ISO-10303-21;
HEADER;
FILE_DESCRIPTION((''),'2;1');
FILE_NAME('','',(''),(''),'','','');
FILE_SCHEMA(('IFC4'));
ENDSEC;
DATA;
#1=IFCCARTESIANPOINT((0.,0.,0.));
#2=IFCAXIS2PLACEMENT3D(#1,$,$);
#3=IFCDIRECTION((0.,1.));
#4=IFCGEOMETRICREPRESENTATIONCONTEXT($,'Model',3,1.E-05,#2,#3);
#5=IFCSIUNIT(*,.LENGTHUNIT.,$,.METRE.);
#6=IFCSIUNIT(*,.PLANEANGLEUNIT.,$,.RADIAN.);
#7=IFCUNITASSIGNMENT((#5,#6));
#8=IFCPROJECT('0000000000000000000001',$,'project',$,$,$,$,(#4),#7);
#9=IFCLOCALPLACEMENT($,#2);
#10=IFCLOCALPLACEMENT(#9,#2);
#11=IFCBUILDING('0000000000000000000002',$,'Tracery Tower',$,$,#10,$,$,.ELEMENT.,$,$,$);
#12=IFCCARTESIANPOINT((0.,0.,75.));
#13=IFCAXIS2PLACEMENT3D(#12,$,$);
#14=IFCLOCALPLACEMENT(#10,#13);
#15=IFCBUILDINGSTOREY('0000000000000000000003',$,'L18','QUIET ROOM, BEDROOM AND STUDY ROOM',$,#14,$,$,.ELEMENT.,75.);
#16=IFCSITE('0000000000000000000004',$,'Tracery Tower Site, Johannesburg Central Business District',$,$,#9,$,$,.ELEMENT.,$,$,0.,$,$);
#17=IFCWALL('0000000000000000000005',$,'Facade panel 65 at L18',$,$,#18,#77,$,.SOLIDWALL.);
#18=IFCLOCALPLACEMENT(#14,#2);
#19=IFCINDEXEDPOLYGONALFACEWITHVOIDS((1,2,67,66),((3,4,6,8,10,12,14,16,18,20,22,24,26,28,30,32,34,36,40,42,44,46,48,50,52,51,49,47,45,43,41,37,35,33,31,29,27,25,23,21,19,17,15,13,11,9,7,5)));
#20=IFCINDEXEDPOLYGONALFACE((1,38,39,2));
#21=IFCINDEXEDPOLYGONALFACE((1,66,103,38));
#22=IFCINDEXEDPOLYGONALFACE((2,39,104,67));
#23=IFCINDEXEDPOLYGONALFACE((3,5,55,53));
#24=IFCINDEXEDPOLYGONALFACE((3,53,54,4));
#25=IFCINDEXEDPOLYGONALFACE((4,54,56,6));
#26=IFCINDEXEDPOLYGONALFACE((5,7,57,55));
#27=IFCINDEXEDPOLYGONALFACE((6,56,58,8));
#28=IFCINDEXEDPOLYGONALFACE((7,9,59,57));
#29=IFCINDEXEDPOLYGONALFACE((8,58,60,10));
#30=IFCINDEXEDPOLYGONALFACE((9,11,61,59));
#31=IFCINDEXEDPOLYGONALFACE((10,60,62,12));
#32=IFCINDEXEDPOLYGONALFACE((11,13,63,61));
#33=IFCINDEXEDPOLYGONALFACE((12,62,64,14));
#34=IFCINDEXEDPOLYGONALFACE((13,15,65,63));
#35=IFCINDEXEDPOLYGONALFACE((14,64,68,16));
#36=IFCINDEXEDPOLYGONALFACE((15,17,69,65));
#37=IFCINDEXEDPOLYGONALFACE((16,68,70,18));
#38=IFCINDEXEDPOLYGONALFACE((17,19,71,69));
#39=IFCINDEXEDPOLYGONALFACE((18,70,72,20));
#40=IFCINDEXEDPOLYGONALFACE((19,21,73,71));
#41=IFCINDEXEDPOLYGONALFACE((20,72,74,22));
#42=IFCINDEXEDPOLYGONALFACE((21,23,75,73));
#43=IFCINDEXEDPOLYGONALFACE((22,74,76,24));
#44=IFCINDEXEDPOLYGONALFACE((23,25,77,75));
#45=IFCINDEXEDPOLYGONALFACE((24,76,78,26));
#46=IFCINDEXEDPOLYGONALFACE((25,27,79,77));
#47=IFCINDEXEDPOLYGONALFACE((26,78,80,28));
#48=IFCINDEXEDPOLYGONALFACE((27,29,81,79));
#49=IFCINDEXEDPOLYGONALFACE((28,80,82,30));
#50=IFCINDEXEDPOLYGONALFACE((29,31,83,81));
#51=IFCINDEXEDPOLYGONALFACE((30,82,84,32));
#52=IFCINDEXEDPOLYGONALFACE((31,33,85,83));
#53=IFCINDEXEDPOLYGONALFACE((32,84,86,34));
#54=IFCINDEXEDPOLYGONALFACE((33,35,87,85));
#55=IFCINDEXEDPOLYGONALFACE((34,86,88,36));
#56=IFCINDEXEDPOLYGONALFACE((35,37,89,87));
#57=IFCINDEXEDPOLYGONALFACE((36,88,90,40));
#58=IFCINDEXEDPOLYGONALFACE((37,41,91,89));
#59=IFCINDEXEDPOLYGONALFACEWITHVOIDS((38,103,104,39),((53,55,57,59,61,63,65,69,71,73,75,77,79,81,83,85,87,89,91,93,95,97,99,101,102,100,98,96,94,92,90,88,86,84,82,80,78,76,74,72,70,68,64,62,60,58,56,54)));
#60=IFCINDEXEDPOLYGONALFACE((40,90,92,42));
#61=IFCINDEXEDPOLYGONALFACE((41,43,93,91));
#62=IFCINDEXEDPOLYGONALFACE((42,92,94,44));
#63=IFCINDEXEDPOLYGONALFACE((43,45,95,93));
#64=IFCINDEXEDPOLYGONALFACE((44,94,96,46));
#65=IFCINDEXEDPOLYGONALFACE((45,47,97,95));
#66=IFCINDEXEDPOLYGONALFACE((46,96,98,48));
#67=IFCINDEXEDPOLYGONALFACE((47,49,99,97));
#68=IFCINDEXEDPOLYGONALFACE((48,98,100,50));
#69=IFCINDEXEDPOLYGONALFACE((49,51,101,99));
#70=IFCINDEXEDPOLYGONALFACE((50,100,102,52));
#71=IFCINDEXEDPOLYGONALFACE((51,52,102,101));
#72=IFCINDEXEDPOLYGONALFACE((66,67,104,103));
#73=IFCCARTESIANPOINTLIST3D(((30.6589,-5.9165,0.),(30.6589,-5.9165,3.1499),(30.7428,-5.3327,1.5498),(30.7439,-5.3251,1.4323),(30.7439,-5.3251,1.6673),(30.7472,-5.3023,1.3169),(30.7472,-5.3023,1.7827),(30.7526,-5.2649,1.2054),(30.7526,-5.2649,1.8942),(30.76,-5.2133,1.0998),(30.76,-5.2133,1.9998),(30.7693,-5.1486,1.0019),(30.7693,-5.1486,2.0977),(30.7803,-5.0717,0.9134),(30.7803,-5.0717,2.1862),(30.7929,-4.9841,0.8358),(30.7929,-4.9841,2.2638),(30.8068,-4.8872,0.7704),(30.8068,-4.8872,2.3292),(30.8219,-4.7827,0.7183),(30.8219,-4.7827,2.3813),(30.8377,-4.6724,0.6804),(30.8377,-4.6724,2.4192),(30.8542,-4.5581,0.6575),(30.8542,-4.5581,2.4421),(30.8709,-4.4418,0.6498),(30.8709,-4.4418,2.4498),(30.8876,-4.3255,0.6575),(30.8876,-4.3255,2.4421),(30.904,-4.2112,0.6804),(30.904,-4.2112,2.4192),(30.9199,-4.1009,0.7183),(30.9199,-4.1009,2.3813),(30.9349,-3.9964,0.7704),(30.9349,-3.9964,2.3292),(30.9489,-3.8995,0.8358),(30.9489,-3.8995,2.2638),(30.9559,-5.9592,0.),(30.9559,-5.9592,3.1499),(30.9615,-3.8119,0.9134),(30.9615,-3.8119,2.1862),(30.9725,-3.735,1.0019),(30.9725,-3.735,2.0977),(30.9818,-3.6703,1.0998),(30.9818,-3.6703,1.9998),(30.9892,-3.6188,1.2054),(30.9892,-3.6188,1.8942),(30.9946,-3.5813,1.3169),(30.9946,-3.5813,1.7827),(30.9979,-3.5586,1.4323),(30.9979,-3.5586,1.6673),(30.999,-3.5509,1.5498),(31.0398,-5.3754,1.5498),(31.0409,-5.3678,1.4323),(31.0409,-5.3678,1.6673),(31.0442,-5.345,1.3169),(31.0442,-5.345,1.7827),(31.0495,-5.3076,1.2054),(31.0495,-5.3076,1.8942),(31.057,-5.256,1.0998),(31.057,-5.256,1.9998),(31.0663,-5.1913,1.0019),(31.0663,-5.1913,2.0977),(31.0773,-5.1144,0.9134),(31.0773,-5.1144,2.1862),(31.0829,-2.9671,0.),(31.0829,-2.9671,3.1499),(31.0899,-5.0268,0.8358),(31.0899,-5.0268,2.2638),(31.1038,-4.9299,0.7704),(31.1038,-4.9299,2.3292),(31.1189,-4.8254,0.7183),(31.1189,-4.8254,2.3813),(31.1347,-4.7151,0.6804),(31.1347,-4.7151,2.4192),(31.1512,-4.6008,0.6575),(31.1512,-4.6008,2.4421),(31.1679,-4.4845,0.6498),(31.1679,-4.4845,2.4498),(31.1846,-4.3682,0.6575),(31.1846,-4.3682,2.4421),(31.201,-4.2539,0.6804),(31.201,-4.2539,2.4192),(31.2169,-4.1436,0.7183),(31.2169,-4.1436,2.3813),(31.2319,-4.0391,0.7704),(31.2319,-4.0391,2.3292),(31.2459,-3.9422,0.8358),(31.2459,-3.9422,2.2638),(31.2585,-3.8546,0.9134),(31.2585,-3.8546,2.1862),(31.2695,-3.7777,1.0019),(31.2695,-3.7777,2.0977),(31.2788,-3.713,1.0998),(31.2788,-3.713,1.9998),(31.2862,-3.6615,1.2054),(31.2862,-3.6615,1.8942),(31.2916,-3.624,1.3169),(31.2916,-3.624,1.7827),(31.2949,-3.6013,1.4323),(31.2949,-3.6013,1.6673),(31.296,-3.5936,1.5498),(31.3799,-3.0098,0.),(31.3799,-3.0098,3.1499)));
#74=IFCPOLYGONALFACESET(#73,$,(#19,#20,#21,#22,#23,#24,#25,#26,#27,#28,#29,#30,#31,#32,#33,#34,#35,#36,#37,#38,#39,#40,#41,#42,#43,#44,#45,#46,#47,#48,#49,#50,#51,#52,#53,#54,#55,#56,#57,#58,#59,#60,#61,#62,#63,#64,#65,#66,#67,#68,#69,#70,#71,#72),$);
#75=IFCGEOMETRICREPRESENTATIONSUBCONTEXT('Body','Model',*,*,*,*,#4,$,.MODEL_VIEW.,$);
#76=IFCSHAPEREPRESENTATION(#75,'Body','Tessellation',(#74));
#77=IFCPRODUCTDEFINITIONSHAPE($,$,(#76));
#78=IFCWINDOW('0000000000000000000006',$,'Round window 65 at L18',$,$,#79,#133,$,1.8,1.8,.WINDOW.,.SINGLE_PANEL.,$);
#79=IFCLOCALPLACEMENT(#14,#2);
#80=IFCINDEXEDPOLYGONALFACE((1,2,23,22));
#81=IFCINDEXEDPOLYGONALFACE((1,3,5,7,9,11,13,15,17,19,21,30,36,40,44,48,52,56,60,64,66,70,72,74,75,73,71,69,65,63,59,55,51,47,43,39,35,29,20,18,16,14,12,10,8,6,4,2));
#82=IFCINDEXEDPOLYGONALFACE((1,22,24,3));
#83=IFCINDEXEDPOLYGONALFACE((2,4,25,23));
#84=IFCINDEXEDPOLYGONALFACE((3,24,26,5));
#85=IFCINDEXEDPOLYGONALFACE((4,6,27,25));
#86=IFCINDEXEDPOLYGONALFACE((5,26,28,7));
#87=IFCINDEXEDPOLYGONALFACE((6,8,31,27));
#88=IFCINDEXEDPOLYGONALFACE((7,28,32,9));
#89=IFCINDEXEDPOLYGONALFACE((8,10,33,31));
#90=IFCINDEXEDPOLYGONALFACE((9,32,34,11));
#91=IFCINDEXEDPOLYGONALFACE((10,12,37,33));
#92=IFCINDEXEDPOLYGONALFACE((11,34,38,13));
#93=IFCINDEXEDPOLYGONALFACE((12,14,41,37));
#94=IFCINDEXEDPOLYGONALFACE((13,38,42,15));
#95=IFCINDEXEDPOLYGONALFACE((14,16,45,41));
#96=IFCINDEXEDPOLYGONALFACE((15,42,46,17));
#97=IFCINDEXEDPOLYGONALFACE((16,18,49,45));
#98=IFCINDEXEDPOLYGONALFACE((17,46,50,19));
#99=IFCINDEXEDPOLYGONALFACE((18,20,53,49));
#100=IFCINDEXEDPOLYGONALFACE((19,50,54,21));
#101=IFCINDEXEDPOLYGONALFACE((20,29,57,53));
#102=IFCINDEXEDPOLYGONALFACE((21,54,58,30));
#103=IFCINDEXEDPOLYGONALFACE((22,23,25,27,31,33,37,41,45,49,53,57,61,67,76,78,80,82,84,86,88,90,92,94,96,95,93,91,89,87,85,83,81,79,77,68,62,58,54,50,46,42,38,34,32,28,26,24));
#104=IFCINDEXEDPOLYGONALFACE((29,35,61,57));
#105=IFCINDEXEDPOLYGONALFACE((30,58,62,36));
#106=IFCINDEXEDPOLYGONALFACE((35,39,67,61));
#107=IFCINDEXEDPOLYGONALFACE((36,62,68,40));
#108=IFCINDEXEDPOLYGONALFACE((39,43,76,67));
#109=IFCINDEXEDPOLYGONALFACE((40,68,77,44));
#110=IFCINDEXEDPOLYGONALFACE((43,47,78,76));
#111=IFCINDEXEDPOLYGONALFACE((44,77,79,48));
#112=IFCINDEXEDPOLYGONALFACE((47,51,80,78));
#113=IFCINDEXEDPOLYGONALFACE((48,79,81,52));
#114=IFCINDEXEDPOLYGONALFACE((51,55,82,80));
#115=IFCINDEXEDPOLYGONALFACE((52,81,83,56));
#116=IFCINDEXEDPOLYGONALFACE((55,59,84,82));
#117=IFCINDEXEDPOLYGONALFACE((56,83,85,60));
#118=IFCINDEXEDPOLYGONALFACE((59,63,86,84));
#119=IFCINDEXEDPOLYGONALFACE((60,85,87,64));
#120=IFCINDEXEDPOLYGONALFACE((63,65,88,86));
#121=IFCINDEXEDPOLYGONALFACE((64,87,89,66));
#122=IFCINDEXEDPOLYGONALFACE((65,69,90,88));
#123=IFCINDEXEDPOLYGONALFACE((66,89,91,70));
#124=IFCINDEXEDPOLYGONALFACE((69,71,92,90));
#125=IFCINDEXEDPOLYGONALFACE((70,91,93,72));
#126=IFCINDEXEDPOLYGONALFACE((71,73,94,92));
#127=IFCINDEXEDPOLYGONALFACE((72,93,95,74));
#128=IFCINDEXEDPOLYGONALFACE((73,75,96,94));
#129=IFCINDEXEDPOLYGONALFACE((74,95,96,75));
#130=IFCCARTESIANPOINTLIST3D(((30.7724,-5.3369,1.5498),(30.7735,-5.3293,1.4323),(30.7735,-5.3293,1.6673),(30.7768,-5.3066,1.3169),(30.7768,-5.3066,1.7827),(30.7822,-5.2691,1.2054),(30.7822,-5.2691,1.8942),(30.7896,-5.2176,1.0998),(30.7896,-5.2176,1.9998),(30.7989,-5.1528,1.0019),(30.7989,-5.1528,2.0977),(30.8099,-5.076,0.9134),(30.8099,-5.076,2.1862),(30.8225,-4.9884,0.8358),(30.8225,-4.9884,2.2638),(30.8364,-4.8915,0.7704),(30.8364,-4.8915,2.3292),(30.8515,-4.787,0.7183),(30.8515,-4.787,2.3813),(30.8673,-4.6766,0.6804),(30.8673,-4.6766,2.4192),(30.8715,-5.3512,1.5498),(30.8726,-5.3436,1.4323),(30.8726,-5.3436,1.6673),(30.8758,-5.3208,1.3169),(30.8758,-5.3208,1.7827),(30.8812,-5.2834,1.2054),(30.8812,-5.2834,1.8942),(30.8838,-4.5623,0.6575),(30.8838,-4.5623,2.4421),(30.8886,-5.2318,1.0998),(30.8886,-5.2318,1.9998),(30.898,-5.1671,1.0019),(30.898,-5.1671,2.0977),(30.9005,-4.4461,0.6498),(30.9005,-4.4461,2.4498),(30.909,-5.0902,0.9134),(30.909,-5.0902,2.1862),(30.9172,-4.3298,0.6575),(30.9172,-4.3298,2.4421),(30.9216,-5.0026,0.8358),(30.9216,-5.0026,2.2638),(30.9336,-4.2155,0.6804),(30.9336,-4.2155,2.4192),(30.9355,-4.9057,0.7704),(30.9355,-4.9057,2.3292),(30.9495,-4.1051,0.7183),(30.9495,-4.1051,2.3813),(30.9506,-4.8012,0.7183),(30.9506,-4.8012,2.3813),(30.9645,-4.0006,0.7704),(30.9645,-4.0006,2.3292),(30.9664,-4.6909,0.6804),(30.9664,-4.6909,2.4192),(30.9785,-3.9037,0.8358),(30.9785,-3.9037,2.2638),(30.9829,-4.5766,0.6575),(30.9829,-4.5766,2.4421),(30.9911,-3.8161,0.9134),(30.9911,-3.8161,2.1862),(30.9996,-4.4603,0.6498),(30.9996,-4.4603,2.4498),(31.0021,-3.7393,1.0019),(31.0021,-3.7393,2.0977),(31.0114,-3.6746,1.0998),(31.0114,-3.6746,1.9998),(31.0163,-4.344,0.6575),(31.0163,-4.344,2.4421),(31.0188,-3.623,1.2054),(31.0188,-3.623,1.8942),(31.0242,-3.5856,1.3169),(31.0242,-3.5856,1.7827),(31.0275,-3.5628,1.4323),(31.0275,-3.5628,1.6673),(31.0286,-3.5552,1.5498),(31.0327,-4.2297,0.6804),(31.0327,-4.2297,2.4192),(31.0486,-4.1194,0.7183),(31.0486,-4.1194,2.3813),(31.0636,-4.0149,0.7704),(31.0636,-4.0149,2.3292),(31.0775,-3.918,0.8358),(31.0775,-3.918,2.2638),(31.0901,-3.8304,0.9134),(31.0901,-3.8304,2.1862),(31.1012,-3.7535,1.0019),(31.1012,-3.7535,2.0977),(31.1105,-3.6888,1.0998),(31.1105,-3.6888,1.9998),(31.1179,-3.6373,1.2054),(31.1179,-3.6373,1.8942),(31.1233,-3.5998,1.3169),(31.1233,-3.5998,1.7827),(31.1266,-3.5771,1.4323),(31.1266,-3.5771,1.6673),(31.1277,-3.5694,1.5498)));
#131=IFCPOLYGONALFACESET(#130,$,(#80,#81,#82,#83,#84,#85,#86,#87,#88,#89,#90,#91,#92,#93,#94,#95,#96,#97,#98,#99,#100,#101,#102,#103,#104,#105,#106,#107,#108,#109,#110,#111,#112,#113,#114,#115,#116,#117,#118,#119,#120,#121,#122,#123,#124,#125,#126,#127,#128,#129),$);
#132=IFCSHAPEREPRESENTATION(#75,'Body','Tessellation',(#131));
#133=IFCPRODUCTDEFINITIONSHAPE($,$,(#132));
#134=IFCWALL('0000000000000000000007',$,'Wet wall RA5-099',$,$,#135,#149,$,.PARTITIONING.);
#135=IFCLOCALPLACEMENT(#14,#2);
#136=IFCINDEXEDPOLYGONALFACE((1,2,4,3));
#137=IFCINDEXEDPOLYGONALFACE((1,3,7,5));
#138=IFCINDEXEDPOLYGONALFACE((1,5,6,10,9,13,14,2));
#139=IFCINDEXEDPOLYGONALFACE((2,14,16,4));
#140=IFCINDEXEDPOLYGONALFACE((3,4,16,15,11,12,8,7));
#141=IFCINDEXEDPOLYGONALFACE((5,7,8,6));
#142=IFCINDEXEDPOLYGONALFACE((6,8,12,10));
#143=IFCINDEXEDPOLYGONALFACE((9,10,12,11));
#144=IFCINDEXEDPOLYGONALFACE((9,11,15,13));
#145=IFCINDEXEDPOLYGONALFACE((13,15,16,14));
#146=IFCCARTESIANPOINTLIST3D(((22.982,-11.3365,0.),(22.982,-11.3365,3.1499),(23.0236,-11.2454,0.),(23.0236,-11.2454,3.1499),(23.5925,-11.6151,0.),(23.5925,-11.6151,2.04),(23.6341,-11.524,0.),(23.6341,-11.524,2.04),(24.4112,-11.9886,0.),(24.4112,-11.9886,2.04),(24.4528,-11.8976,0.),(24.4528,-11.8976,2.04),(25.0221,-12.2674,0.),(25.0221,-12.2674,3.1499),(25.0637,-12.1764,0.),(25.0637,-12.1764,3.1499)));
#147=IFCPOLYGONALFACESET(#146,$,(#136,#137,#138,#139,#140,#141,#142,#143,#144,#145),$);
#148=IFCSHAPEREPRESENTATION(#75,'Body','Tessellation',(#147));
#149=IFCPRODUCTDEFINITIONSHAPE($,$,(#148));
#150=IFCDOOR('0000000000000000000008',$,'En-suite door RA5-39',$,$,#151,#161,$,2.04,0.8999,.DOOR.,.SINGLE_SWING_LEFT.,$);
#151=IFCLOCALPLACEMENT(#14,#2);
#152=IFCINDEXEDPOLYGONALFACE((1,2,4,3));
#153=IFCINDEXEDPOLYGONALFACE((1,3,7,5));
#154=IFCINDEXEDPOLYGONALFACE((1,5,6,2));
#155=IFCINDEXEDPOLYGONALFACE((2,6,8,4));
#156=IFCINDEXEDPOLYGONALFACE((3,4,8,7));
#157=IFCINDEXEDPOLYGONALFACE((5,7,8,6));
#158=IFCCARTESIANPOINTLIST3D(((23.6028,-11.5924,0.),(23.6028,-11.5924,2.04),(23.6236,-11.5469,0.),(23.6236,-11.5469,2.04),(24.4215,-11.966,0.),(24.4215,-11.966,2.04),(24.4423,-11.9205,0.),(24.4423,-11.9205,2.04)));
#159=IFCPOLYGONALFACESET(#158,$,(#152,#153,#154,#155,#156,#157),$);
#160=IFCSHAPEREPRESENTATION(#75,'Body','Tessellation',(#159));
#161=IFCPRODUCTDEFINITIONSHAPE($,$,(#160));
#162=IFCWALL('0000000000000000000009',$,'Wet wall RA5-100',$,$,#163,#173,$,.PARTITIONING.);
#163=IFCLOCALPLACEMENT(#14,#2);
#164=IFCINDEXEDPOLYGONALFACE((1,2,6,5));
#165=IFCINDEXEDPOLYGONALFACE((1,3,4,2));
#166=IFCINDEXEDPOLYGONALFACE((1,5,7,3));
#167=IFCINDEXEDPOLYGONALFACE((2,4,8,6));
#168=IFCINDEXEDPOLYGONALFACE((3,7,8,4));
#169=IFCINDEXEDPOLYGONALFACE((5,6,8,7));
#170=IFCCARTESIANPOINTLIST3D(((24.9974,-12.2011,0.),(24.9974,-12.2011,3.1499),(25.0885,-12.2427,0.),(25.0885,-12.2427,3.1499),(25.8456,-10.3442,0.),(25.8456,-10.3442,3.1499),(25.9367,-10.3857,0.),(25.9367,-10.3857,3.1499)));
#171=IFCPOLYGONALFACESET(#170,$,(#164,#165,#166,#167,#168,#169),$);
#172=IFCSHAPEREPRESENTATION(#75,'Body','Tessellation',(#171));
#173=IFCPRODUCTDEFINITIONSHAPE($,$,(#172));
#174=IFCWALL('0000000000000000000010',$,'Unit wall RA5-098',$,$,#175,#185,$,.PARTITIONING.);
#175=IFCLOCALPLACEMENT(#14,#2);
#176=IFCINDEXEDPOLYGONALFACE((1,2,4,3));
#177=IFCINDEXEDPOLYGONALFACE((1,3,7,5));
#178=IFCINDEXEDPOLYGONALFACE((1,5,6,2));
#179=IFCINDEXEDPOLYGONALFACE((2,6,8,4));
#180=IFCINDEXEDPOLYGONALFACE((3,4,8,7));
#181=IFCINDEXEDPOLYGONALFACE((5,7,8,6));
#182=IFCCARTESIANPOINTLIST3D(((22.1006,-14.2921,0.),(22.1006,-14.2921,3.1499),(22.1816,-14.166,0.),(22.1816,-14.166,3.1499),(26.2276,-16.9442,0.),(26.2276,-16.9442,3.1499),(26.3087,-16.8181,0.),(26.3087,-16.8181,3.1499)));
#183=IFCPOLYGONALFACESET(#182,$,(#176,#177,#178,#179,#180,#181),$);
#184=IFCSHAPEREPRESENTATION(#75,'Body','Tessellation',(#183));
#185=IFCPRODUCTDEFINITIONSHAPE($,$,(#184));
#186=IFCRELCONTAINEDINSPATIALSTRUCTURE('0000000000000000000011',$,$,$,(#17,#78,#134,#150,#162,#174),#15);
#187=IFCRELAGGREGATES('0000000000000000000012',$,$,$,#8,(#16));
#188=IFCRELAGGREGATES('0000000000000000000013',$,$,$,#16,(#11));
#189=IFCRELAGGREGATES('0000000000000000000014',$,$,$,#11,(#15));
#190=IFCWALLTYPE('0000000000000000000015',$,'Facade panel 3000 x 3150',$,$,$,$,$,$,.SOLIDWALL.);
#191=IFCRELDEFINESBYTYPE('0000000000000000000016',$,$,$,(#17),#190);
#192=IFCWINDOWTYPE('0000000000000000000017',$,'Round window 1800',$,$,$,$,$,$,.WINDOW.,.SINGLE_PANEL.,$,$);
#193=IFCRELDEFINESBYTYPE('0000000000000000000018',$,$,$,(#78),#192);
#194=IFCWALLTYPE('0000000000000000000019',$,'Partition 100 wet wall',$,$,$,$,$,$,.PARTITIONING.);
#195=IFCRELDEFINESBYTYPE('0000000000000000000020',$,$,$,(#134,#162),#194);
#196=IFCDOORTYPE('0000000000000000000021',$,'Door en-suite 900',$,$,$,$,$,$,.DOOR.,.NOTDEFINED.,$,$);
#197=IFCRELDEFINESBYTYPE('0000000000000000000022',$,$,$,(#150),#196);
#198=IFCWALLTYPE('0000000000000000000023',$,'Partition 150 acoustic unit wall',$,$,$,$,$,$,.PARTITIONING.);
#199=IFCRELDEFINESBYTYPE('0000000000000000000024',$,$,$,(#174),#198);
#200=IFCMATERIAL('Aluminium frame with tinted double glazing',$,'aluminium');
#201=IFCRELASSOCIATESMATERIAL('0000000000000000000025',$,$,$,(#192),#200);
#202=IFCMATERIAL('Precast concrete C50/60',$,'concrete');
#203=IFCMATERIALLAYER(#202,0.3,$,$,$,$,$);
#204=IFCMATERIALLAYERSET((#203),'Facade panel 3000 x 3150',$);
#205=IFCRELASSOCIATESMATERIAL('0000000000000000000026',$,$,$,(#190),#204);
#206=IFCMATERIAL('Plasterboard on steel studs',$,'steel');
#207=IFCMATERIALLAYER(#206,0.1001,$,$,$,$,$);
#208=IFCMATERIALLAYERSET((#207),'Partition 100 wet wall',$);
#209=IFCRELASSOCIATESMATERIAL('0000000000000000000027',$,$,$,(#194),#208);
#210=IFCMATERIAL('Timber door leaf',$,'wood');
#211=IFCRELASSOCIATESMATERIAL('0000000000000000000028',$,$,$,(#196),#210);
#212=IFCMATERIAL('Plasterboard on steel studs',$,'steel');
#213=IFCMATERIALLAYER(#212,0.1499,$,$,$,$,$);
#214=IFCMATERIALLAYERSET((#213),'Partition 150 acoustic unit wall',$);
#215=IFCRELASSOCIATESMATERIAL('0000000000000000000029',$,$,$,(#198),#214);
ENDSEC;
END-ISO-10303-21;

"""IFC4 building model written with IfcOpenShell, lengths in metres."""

from ifc_helpers import new_model, si_unit, direction, frame, frame_2d, origin, origin_2d, place, context, subcontext, project, spatial, rectangle, circle, extrude, material, layer, layer_set, type_object, element, fill, save


model = new_model("IFC4")

# Units and contexts
model_context = context("Model", 3, precision=1e-05, world=origin(), true_north=direction((0.0, 1.0)))
body_context = subcontext(model_context, "Body", "Model", "MODEL_VIEW")
ifc_project = project(units=[si_unit("LENGTHUNIT", "METRE"), si_unit("PLANEANGLEUNIT", "RADIAN")], contexts=[model_context])

# Site, building, storey
site_placement = place(None, origin())
site = spatial("IfcSite", under=ifc_project, at=site_placement, Name="Tracery Tower Site, Johannesburg Central Business District", CompositionType="ELEMENT", RefElevation=0.0)
building_placement = place(site_placement, origin())
building = spatial("IfcBuilding", under=site, at=building_placement, Name="Tracery Tower", CompositionType="ELEMENT")
storey_placement = place(building_placement, frame((0.0, 0.0, 75.0)))
storey = spatial("IfcBuildingStorey", under=building, at=storey_placement, Name="L18", Description="QUIET ROOM, BEDROOM AND STUDY ROOM", CompositionType="ELEMENT", Elevation=75.0)

# Wall, opening, window
ifc_material_1 = material(Name="Aluminium frame with tinted double glazing", Category="aluminium")
window_type = type_object("IfcWindowType", Name="Round window 1800", PartitioningType="SINGLE_PANEL", PredefinedType="WINDOW", material=ifc_material_1)
ifc_material_2 = material(Name="Precast concrete C50/60", Category="concrete")
ifc_layer_1 = layer(ifc_material_2, 0.3)
ifc_layer_set_1 = layer_set([ifc_layer_1], Name="Facade panel 3000 x 3150")
wall_type_1 = type_object("IfcWallType", Name="Facade panel 3000 x 3150", PredefinedType="SOLIDWALL", material=ifc_layer_set_1)
wall_1_placement = place(storey_placement, frame((30.8074, -5.9377, 0.0), z_axis=(0.0, 0.0, 1.0), x_axis=(0.142316, 0.989821, 0.0)))
wall_1 = element("IfcWall", 1, at=wall_1_placement, inside=storey, type_object=wall_type_1, Name="Facade panel 65 at L18", PredefinedType="SOLIDWALL", context=body_context, shape_type="SweptSolid", body=[
    extrude(rectangle(XDim=2.9797, YDim=0.3, at=frame_2d((1.4897, 0.0))), origin(), (0.0, 0.0, 1.0), 3.1499),
])
opening_1_placement = place(wall_1_placement, frame((1.4897, 0.0, 1.5498)))
opening_1 = element("IfcOpeningElement", 2, at=opening_1_placement, cuts=wall_1, PredefinedType="OPENING", context=body_context, shape_type="SweptSolid", body=[
    extrude(circle(Radius=0.9, at=origin_2d()), frame((0.0, 0.1599, 0.0), z_axis=(0.0, -1.0, 0.0), x_axis=(1.0, 0.0, 0.0)), (0.0, 0.0, 1.0), 0.3201),
])
window_1_placement = place(opening_1_placement, origin())
window_1 = element("IfcWindow", 3, at=window_1_placement, inside=storey, type_object=window_type, Name="Round window 65 at L18", OverallHeight=1.8, OverallWidth=1.8, PartitioningType="SINGLE_PANEL", PredefinedType="WINDOW", context=body_context, shape_type="SweptSolid", body=[
    extrude(circle(Radius=0.9, at=origin_2d()), frame((0.0, 0.1201, 0.0), z_axis=(0.0, -1.0, 0.0), x_axis=(1.0, 0.0, 0.0)), (0.0, 0.0, 1.0), 0.1001),
])
fill(opening_1, window_1)

# Wall, opening, door
ifc_material_3 = material(Name="Plasterboard on steel studs", Category="steel")
ifc_layer_2 = layer(ifc_material_3, 0.1001)
ifc_layer_set_2 = layer_set([ifc_layer_2], Name="Partition 100 wet wall")
wall_type_2 = type_object("IfcWallType", Name="Partition 100 wet wall", PredefinedType="PARTITIONING", material=ifc_layer_set_2)
wall_2_placement = place(storey_placement, frame((23.0029, -11.291, 0.0), z_axis=(0.0, 0.0, 1.0), x_axis=(0.909758, -0.41514, 0.0)))
wall_2 = element("IfcWall", 4, at=wall_2_placement, inside=storey, type_object=wall_type_2, Name="Wet wall RA5-099", PredefinedType="PARTITIONING", context=body_context, shape_type="SweptSolid", body=[
    extrude(rectangle(XDim=2.2424, YDim=0.1001, at=frame_2d((1.1211, 0.0))), origin(), (0.0, 0.0, 1.0), 3.1499),
])
opening_2_placement = place(wall_2_placement, frame((0.6709, 0.0, 0.0)))
opening_2 = element("IfcOpeningElement", 5, at=opening_2_placement, cuts=wall_2, PredefinedType="OPENING", context=body_context, shape_type="SweptSolid", body=[
    extrude(rectangle(XDim=0.8999, YDim=2.04, at=frame_2d((0.45, 1.02))), frame((0.0, 0.05, 0.0), z_axis=(0.0, -1.0, 0.0), x_axis=(1.0, 0.0, 0.0)), (0.0, 0.0, 1.0), 0.1001),
])
ifc_material_4 = material(Name="Timber door leaf", Category="wood")
door_type_1 = type_object("IfcDoorType", Name="Door en-suite 900", OperationType="NOTDEFINED", PredefinedType="DOOR", material=ifc_material_4)
door_1_placement = place(opening_2_placement, origin())
door_1 = element("IfcDoor", 6, at=door_1_placement, inside=storey, type_object=door_type_1, Name="En-suite door RA5-39", OperationType="SINGLE_SWING_LEFT", OverallHeight=2.04, OverallWidth=0.8999, PredefinedType="DOOR", context=body_context, shape_type="SweptSolid", body=[
    extrude(rectangle(XDim=0.8999, YDim=2.04, at=frame_2d((0.45, 1.02))), frame((0.0, 0.0249, 0.0), z_axis=(0.0, -1.0, 0.0), x_axis=(1.0, 0.0, 0.0)), (0.0, 0.0, 1.0), 0.05),
])
fill(opening_2, door_1)

# Walls
wall_3_placement = place(storey_placement, frame((25.043, -12.2219, 0.0), z_axis=(0.0, 0.0, 1.0), x_axis=(0.41546, 0.909611, 0.0)))
element("IfcWall", 7, at=wall_3_placement, inside=storey, type_object=wall_type_2, Name="Wet wall RA5-100", PredefinedType="PARTITIONING", context=body_context, shape_type="SweptSolid", body=[
    extrude(rectangle(XDim=2.0415, YDim=0.1001, at=frame_2d((1.0208, 0.0))), origin(), (0.0, 0.0, 1.0), 3.1499),
])
ifc_material_5 = material(Name="Plasterboard on steel studs", Category="steel")
ifc_layer_3 = layer(ifc_material_5, 0.1499)
ifc_layer_set_3 = layer_set([ifc_layer_3], Name="Partition 150 acoustic unit wall")
wall_type_3 = type_object("IfcWallType", Name="Partition 150 acoustic unit wall", PredefinedType="PARTITIONING", material=ifc_layer_set_3)
wall_4_placement = place(storey_placement, frame((22.1411, -14.229, 0.0), z_axis=(0.0, 0.0, 1.0), x_axis=(0.841266, -0.540622, 0.0)))
element("IfcWall", 8, at=wall_4_placement, inside=storey, type_object=wall_type_3, Name="Unit wall RA5-098", PredefinedType="PARTITIONING", context=body_context, shape_type="SweptSolid", body=[
    extrude(rectangle(XDim=4.9058, YDim=0.1499, at=frame_2d((2.4529, 0.0))), origin(), (0.0, 0.0, 1.0), 3.1499),
])

save(model, "model.ifc")
